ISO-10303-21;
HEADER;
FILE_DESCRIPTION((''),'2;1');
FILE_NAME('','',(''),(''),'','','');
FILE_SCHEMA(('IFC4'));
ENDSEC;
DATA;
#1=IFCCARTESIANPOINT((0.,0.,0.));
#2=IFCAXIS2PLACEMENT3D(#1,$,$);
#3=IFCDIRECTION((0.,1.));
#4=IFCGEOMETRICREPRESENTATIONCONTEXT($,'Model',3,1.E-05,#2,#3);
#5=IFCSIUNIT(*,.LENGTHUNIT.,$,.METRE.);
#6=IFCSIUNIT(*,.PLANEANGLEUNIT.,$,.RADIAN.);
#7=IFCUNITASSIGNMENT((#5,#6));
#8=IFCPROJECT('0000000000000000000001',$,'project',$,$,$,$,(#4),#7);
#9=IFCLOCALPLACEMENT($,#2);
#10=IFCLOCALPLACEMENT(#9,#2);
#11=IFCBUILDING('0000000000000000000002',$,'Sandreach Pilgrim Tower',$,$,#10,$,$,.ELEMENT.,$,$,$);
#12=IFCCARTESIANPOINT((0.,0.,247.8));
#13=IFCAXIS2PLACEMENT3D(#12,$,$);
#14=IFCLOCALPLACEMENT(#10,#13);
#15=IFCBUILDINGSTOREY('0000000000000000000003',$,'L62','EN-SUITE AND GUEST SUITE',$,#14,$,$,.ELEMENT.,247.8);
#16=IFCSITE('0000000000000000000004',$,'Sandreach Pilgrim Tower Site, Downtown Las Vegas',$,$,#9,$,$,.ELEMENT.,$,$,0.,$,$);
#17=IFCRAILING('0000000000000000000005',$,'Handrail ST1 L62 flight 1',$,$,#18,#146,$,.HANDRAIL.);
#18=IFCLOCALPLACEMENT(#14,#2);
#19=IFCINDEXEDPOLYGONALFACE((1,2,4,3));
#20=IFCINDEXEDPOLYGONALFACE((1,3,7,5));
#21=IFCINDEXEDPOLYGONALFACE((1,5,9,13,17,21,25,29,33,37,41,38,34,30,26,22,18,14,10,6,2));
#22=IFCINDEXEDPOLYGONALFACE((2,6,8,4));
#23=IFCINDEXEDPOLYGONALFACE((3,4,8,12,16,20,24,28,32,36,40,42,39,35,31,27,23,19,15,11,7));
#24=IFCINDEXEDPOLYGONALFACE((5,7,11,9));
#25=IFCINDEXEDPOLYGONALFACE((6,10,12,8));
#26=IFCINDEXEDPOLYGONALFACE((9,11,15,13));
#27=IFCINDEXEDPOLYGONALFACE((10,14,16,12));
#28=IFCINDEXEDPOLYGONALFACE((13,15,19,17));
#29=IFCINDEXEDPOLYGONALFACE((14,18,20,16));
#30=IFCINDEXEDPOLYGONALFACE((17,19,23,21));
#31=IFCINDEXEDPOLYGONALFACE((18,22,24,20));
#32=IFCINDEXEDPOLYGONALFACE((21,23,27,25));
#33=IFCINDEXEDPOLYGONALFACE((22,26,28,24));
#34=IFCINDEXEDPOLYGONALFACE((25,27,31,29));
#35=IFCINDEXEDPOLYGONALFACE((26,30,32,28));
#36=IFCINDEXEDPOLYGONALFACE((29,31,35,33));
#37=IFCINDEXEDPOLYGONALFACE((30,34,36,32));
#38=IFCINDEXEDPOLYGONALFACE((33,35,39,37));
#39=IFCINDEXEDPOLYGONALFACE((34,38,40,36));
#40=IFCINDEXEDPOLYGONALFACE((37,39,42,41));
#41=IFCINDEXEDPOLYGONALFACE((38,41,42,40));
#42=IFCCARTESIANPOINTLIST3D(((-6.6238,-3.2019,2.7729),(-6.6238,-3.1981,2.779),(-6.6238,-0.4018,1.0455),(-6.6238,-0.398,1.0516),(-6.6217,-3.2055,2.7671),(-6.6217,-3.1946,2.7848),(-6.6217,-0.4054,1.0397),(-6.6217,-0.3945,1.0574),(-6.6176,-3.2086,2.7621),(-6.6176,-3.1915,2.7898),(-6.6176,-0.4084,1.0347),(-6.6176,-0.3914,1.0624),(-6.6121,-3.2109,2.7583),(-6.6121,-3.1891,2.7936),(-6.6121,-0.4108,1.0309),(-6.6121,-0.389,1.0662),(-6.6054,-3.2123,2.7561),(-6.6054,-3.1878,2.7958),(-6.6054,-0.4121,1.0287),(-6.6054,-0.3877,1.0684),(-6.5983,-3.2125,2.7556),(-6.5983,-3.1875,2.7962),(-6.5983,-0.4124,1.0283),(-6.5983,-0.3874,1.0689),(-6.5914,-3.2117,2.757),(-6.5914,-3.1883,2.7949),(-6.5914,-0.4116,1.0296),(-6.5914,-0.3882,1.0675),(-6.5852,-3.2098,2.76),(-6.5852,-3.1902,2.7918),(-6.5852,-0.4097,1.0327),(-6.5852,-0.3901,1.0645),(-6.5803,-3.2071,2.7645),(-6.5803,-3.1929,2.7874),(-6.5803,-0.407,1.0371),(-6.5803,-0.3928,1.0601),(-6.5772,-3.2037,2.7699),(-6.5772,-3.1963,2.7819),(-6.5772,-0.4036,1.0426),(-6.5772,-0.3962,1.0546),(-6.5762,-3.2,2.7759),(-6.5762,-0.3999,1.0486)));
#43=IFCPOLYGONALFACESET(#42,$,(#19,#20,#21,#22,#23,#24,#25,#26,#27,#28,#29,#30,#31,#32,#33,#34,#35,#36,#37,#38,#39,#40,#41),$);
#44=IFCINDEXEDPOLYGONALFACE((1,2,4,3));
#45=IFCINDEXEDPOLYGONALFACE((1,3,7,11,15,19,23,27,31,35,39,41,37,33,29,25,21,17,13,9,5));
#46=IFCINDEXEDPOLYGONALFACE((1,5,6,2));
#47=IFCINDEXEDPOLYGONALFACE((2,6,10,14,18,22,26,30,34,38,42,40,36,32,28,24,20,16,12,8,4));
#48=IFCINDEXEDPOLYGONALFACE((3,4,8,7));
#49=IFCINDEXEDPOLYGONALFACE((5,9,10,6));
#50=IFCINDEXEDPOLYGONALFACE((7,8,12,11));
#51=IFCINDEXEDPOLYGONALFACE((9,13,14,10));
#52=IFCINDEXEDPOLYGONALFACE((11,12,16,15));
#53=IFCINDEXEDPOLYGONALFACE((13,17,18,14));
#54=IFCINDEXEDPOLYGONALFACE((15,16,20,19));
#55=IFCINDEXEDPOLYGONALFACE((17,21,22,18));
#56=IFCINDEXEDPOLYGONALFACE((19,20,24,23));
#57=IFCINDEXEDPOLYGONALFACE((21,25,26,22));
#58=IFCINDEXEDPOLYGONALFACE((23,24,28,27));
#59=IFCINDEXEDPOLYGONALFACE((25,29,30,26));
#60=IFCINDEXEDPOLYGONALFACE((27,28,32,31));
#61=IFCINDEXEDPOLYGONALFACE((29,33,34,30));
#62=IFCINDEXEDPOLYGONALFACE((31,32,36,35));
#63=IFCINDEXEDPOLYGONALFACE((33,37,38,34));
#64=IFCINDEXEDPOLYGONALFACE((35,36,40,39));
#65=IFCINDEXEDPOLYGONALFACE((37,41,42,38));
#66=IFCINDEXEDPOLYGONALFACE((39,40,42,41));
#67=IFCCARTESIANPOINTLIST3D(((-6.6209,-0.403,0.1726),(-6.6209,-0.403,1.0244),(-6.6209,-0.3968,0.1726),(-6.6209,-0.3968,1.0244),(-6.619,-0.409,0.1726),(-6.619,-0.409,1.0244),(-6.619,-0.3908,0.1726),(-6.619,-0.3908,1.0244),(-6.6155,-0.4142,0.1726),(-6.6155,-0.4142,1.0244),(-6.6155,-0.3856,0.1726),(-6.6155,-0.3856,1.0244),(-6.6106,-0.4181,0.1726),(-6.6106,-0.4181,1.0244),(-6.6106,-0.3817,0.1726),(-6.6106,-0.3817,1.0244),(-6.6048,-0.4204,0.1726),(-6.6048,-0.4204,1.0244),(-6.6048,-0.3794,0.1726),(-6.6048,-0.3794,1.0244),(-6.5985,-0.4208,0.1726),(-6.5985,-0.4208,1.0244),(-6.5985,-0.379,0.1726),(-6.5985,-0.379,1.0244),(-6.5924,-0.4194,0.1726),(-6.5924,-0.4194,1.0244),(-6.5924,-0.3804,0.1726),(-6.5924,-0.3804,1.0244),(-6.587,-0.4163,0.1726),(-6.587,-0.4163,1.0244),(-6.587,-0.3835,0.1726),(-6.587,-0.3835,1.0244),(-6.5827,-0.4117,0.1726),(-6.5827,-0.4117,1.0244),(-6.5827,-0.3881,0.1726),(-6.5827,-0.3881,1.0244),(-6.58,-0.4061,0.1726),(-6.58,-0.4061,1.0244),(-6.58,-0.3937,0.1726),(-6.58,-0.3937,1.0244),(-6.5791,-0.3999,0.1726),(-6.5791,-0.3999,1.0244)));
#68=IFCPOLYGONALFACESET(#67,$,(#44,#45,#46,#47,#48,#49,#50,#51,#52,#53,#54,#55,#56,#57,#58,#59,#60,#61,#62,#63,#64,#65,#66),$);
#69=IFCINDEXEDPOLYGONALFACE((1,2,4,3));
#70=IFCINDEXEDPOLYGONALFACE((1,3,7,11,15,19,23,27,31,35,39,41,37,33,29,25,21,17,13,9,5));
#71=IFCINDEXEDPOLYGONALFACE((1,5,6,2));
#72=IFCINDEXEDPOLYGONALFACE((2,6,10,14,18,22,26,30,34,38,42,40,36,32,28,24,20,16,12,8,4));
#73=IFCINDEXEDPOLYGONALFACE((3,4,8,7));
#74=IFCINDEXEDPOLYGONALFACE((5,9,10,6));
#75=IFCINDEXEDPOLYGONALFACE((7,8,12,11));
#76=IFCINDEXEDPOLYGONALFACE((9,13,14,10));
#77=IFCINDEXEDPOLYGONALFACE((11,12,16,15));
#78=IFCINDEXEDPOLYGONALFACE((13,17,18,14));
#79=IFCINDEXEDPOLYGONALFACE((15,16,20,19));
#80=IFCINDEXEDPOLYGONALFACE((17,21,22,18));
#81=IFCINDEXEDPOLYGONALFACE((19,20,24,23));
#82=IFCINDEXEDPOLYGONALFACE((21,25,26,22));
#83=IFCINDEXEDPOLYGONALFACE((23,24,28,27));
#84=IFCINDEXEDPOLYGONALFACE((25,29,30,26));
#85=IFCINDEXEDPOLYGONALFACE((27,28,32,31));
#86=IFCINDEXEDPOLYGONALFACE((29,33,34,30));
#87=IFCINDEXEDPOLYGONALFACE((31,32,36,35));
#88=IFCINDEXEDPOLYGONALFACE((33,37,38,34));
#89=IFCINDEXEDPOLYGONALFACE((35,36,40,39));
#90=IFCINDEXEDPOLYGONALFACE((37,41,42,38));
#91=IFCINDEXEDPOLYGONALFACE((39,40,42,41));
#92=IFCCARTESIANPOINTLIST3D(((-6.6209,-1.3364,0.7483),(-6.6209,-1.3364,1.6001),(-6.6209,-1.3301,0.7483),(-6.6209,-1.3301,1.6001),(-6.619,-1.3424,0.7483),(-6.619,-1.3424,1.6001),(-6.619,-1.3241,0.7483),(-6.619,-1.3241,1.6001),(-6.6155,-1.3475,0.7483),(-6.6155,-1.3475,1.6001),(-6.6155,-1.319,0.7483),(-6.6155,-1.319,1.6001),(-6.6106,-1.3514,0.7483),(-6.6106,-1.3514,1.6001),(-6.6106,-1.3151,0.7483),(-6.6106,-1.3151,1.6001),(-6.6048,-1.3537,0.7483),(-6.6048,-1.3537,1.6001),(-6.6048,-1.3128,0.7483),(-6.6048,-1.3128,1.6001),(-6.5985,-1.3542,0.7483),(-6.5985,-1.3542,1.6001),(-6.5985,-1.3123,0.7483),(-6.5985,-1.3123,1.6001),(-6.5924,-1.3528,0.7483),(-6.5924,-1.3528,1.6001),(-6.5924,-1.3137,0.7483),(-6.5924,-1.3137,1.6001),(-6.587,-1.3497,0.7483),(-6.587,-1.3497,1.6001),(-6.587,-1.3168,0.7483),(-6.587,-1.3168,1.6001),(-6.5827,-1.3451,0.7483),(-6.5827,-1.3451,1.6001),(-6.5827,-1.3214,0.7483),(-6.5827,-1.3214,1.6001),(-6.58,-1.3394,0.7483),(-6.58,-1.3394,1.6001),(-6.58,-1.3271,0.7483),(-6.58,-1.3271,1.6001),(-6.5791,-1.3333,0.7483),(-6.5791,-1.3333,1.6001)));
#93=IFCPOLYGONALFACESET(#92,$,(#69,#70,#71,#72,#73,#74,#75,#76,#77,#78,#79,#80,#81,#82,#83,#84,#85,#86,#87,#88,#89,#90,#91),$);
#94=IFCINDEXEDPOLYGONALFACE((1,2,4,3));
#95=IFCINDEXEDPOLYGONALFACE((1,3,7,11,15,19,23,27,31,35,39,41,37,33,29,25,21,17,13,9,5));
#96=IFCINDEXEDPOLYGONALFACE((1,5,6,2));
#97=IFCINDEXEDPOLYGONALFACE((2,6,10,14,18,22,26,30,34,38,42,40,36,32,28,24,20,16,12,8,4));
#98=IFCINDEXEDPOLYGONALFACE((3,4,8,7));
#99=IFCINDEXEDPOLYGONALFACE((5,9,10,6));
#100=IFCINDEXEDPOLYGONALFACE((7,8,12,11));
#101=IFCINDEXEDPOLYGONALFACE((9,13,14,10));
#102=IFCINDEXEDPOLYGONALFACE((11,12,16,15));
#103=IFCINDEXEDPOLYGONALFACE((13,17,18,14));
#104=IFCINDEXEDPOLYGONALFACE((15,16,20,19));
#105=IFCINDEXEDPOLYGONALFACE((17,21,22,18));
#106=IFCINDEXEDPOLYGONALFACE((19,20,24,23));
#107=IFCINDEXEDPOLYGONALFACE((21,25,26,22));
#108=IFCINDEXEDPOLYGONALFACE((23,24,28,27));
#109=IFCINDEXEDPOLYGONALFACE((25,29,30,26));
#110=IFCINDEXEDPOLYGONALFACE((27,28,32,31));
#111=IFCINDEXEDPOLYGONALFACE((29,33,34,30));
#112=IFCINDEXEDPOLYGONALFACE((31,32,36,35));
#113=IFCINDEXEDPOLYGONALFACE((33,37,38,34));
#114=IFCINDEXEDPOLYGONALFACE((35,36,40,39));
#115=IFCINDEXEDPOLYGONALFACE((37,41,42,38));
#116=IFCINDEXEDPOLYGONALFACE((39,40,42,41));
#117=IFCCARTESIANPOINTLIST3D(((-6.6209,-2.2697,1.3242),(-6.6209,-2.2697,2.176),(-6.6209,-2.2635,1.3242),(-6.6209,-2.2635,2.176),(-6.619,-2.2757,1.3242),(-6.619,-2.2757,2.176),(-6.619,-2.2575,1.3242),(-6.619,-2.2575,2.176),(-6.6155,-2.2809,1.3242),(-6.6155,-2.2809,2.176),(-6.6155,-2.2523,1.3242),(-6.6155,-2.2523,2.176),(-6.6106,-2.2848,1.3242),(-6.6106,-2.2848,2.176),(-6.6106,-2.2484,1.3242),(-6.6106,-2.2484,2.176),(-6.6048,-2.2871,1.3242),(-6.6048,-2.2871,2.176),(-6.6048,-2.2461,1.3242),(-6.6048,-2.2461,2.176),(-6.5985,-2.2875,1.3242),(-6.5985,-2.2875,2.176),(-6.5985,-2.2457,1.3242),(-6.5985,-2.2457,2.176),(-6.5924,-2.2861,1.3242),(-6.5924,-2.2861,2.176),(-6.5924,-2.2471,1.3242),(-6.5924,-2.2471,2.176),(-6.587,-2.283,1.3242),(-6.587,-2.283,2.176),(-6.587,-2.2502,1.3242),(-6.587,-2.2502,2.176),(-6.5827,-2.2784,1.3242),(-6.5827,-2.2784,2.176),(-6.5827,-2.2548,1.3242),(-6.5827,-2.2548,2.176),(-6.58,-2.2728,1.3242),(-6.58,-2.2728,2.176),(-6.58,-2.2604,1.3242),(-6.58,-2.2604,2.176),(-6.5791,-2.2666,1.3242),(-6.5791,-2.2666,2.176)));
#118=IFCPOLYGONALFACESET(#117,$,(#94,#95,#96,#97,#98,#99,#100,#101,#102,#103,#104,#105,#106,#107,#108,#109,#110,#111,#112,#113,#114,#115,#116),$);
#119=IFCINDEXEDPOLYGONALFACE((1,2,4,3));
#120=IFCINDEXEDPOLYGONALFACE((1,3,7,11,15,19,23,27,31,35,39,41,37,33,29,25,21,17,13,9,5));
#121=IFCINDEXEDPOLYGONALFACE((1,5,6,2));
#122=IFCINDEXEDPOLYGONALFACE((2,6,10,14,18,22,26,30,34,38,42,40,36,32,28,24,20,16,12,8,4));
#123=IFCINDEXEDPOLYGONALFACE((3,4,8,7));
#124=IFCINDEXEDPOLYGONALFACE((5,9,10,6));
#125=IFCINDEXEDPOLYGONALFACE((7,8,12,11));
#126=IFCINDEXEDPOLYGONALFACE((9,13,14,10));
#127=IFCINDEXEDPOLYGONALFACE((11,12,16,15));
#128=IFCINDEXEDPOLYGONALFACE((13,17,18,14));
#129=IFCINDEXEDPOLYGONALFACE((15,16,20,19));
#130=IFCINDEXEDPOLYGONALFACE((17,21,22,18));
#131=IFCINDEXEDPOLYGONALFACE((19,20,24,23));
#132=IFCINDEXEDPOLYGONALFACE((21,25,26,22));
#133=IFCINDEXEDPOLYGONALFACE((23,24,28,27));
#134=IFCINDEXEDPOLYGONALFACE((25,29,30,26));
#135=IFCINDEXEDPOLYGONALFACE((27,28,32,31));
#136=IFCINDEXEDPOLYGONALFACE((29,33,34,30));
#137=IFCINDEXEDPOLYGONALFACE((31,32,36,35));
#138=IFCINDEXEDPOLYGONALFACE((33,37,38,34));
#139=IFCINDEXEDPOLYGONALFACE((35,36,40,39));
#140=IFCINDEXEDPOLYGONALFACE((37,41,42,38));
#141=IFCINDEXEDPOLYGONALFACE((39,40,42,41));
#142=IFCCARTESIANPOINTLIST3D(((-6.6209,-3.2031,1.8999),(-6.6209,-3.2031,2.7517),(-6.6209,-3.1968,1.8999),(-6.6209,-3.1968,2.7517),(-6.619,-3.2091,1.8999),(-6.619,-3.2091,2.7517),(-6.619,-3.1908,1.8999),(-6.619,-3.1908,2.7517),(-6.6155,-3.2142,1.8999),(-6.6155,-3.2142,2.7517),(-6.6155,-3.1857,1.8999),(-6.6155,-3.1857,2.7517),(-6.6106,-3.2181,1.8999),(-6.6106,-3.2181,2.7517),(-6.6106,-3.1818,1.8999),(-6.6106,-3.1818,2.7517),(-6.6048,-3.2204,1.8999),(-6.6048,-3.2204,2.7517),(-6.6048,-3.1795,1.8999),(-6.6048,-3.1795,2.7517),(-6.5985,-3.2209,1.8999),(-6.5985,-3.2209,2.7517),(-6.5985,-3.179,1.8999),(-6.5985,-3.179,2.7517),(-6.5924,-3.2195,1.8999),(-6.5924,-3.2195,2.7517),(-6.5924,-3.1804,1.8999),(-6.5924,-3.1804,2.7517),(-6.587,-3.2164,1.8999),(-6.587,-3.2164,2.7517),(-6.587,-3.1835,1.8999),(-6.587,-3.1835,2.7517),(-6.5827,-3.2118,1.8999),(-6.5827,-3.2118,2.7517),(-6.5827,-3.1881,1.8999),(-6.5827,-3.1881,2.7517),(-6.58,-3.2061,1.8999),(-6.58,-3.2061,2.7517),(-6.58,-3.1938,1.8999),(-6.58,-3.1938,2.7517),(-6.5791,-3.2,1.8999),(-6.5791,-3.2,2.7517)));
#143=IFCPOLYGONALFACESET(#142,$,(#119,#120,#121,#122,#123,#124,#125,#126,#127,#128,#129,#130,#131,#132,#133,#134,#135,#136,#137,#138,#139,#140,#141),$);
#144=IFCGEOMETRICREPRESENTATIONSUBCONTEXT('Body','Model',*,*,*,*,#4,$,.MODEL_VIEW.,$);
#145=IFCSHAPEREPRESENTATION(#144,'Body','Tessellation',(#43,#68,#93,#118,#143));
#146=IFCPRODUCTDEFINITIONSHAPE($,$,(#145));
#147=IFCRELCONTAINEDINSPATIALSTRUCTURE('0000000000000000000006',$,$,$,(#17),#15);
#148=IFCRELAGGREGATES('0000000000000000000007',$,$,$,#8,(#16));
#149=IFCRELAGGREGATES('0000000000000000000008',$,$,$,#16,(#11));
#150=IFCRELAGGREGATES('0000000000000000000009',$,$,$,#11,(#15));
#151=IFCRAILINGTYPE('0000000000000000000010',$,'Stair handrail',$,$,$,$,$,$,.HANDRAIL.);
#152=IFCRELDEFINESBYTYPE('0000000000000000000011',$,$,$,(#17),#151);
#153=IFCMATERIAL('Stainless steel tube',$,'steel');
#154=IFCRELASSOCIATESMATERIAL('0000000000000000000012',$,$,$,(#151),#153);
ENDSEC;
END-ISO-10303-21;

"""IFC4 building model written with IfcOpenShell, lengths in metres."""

from ifc_helpers import new_model, si_unit, direction, frame, origin, origin_2d, place, context, subcontext, project, spatial, circle, extrude, material, type_object, element, save


model = new_model("IFC4")

# Units and contexts
model_context = context("Model", 3, precision=1e-05, world=origin(), true_north=direction((0.0, 1.0)))
body_context = subcontext(model_context, "Body", "Model", "MODEL_VIEW")
ifc_project = project(units=[si_unit("LENGTHUNIT", "METRE"), si_unit("PLANEANGLEUNIT", "RADIAN")], contexts=[model_context])

# Site, building, storey
site_placement = place(None, origin())
site = spatial("IfcSite", under=ifc_project, at=site_placement, Name="Sandreach Pilgrim Tower Site, Downtown Las Vegas", CompositionType="ELEMENT", RefElevation=0.0)
building_placement = place(site_placement, origin())
building = spatial("IfcBuilding", under=site, at=building_placement, Name="Sandreach Pilgrim Tower", CompositionType="ELEMENT")
storey_placement = place(building_placement, frame((0.0, 0.0, 247.8)))
storey = spatial("IfcBuildingStorey", under=building, at=storey_placement, Name="L62", Description="EN-SUITE AND GUEST SUITE", CompositionType="ELEMENT", Elevation=247.8)

# Railing
ifc_material_1 = material(Name="Stainless steel tube", Category="steel")
railing_type = type_object("IfcRailingType", Name="Stair handrail", PredefinedType="HANDRAIL", material=ifc_material_1)
for number, where, name in (
    (1, (-6.6001, -0.3999, 0.1726), "Handrail ST1 L62 flight 1"),
):
    element("IfcRailing", number, at=place(storey_placement, frame(where)), inside=storey, type_object=railing_type, Name=name, PredefinedType="HANDRAIL", context=body_context, shape_type="SweptSolid", body=[
        extrude(circle(Radius=0.0239, at=origin_2d()), frame((0.0, 0.0, 0.876), z_axis=(0.0, -0.85109, 0.52502), x_axis=(1.0, 0.0, 0.0)), (0.0, 0.0, 1.0), 3.29),
        extrude(circle(Radius=0.021, at=origin_2d()), origin(), (0.0, 0.0, 1.0), 0.8518),
        extrude(circle(Radius=0.021, at=origin_2d()), frame((0.0, -0.9333, 0.5757)), (0.0, 0.0, 1.0), 0.8518),
        extrude(circle(Radius=0.021, at=origin_2d()), frame((0.0, -1.8667, 1.1516)), (0.0, 0.0, 1.0), 0.8518),
        extrude(circle(Radius=0.021, at=origin_2d()), frame((0.0, -2.8, 1.7273)), (0.0, 0.0, 1.0), 0.8518),
    ])

save(model, "model.ifc")
